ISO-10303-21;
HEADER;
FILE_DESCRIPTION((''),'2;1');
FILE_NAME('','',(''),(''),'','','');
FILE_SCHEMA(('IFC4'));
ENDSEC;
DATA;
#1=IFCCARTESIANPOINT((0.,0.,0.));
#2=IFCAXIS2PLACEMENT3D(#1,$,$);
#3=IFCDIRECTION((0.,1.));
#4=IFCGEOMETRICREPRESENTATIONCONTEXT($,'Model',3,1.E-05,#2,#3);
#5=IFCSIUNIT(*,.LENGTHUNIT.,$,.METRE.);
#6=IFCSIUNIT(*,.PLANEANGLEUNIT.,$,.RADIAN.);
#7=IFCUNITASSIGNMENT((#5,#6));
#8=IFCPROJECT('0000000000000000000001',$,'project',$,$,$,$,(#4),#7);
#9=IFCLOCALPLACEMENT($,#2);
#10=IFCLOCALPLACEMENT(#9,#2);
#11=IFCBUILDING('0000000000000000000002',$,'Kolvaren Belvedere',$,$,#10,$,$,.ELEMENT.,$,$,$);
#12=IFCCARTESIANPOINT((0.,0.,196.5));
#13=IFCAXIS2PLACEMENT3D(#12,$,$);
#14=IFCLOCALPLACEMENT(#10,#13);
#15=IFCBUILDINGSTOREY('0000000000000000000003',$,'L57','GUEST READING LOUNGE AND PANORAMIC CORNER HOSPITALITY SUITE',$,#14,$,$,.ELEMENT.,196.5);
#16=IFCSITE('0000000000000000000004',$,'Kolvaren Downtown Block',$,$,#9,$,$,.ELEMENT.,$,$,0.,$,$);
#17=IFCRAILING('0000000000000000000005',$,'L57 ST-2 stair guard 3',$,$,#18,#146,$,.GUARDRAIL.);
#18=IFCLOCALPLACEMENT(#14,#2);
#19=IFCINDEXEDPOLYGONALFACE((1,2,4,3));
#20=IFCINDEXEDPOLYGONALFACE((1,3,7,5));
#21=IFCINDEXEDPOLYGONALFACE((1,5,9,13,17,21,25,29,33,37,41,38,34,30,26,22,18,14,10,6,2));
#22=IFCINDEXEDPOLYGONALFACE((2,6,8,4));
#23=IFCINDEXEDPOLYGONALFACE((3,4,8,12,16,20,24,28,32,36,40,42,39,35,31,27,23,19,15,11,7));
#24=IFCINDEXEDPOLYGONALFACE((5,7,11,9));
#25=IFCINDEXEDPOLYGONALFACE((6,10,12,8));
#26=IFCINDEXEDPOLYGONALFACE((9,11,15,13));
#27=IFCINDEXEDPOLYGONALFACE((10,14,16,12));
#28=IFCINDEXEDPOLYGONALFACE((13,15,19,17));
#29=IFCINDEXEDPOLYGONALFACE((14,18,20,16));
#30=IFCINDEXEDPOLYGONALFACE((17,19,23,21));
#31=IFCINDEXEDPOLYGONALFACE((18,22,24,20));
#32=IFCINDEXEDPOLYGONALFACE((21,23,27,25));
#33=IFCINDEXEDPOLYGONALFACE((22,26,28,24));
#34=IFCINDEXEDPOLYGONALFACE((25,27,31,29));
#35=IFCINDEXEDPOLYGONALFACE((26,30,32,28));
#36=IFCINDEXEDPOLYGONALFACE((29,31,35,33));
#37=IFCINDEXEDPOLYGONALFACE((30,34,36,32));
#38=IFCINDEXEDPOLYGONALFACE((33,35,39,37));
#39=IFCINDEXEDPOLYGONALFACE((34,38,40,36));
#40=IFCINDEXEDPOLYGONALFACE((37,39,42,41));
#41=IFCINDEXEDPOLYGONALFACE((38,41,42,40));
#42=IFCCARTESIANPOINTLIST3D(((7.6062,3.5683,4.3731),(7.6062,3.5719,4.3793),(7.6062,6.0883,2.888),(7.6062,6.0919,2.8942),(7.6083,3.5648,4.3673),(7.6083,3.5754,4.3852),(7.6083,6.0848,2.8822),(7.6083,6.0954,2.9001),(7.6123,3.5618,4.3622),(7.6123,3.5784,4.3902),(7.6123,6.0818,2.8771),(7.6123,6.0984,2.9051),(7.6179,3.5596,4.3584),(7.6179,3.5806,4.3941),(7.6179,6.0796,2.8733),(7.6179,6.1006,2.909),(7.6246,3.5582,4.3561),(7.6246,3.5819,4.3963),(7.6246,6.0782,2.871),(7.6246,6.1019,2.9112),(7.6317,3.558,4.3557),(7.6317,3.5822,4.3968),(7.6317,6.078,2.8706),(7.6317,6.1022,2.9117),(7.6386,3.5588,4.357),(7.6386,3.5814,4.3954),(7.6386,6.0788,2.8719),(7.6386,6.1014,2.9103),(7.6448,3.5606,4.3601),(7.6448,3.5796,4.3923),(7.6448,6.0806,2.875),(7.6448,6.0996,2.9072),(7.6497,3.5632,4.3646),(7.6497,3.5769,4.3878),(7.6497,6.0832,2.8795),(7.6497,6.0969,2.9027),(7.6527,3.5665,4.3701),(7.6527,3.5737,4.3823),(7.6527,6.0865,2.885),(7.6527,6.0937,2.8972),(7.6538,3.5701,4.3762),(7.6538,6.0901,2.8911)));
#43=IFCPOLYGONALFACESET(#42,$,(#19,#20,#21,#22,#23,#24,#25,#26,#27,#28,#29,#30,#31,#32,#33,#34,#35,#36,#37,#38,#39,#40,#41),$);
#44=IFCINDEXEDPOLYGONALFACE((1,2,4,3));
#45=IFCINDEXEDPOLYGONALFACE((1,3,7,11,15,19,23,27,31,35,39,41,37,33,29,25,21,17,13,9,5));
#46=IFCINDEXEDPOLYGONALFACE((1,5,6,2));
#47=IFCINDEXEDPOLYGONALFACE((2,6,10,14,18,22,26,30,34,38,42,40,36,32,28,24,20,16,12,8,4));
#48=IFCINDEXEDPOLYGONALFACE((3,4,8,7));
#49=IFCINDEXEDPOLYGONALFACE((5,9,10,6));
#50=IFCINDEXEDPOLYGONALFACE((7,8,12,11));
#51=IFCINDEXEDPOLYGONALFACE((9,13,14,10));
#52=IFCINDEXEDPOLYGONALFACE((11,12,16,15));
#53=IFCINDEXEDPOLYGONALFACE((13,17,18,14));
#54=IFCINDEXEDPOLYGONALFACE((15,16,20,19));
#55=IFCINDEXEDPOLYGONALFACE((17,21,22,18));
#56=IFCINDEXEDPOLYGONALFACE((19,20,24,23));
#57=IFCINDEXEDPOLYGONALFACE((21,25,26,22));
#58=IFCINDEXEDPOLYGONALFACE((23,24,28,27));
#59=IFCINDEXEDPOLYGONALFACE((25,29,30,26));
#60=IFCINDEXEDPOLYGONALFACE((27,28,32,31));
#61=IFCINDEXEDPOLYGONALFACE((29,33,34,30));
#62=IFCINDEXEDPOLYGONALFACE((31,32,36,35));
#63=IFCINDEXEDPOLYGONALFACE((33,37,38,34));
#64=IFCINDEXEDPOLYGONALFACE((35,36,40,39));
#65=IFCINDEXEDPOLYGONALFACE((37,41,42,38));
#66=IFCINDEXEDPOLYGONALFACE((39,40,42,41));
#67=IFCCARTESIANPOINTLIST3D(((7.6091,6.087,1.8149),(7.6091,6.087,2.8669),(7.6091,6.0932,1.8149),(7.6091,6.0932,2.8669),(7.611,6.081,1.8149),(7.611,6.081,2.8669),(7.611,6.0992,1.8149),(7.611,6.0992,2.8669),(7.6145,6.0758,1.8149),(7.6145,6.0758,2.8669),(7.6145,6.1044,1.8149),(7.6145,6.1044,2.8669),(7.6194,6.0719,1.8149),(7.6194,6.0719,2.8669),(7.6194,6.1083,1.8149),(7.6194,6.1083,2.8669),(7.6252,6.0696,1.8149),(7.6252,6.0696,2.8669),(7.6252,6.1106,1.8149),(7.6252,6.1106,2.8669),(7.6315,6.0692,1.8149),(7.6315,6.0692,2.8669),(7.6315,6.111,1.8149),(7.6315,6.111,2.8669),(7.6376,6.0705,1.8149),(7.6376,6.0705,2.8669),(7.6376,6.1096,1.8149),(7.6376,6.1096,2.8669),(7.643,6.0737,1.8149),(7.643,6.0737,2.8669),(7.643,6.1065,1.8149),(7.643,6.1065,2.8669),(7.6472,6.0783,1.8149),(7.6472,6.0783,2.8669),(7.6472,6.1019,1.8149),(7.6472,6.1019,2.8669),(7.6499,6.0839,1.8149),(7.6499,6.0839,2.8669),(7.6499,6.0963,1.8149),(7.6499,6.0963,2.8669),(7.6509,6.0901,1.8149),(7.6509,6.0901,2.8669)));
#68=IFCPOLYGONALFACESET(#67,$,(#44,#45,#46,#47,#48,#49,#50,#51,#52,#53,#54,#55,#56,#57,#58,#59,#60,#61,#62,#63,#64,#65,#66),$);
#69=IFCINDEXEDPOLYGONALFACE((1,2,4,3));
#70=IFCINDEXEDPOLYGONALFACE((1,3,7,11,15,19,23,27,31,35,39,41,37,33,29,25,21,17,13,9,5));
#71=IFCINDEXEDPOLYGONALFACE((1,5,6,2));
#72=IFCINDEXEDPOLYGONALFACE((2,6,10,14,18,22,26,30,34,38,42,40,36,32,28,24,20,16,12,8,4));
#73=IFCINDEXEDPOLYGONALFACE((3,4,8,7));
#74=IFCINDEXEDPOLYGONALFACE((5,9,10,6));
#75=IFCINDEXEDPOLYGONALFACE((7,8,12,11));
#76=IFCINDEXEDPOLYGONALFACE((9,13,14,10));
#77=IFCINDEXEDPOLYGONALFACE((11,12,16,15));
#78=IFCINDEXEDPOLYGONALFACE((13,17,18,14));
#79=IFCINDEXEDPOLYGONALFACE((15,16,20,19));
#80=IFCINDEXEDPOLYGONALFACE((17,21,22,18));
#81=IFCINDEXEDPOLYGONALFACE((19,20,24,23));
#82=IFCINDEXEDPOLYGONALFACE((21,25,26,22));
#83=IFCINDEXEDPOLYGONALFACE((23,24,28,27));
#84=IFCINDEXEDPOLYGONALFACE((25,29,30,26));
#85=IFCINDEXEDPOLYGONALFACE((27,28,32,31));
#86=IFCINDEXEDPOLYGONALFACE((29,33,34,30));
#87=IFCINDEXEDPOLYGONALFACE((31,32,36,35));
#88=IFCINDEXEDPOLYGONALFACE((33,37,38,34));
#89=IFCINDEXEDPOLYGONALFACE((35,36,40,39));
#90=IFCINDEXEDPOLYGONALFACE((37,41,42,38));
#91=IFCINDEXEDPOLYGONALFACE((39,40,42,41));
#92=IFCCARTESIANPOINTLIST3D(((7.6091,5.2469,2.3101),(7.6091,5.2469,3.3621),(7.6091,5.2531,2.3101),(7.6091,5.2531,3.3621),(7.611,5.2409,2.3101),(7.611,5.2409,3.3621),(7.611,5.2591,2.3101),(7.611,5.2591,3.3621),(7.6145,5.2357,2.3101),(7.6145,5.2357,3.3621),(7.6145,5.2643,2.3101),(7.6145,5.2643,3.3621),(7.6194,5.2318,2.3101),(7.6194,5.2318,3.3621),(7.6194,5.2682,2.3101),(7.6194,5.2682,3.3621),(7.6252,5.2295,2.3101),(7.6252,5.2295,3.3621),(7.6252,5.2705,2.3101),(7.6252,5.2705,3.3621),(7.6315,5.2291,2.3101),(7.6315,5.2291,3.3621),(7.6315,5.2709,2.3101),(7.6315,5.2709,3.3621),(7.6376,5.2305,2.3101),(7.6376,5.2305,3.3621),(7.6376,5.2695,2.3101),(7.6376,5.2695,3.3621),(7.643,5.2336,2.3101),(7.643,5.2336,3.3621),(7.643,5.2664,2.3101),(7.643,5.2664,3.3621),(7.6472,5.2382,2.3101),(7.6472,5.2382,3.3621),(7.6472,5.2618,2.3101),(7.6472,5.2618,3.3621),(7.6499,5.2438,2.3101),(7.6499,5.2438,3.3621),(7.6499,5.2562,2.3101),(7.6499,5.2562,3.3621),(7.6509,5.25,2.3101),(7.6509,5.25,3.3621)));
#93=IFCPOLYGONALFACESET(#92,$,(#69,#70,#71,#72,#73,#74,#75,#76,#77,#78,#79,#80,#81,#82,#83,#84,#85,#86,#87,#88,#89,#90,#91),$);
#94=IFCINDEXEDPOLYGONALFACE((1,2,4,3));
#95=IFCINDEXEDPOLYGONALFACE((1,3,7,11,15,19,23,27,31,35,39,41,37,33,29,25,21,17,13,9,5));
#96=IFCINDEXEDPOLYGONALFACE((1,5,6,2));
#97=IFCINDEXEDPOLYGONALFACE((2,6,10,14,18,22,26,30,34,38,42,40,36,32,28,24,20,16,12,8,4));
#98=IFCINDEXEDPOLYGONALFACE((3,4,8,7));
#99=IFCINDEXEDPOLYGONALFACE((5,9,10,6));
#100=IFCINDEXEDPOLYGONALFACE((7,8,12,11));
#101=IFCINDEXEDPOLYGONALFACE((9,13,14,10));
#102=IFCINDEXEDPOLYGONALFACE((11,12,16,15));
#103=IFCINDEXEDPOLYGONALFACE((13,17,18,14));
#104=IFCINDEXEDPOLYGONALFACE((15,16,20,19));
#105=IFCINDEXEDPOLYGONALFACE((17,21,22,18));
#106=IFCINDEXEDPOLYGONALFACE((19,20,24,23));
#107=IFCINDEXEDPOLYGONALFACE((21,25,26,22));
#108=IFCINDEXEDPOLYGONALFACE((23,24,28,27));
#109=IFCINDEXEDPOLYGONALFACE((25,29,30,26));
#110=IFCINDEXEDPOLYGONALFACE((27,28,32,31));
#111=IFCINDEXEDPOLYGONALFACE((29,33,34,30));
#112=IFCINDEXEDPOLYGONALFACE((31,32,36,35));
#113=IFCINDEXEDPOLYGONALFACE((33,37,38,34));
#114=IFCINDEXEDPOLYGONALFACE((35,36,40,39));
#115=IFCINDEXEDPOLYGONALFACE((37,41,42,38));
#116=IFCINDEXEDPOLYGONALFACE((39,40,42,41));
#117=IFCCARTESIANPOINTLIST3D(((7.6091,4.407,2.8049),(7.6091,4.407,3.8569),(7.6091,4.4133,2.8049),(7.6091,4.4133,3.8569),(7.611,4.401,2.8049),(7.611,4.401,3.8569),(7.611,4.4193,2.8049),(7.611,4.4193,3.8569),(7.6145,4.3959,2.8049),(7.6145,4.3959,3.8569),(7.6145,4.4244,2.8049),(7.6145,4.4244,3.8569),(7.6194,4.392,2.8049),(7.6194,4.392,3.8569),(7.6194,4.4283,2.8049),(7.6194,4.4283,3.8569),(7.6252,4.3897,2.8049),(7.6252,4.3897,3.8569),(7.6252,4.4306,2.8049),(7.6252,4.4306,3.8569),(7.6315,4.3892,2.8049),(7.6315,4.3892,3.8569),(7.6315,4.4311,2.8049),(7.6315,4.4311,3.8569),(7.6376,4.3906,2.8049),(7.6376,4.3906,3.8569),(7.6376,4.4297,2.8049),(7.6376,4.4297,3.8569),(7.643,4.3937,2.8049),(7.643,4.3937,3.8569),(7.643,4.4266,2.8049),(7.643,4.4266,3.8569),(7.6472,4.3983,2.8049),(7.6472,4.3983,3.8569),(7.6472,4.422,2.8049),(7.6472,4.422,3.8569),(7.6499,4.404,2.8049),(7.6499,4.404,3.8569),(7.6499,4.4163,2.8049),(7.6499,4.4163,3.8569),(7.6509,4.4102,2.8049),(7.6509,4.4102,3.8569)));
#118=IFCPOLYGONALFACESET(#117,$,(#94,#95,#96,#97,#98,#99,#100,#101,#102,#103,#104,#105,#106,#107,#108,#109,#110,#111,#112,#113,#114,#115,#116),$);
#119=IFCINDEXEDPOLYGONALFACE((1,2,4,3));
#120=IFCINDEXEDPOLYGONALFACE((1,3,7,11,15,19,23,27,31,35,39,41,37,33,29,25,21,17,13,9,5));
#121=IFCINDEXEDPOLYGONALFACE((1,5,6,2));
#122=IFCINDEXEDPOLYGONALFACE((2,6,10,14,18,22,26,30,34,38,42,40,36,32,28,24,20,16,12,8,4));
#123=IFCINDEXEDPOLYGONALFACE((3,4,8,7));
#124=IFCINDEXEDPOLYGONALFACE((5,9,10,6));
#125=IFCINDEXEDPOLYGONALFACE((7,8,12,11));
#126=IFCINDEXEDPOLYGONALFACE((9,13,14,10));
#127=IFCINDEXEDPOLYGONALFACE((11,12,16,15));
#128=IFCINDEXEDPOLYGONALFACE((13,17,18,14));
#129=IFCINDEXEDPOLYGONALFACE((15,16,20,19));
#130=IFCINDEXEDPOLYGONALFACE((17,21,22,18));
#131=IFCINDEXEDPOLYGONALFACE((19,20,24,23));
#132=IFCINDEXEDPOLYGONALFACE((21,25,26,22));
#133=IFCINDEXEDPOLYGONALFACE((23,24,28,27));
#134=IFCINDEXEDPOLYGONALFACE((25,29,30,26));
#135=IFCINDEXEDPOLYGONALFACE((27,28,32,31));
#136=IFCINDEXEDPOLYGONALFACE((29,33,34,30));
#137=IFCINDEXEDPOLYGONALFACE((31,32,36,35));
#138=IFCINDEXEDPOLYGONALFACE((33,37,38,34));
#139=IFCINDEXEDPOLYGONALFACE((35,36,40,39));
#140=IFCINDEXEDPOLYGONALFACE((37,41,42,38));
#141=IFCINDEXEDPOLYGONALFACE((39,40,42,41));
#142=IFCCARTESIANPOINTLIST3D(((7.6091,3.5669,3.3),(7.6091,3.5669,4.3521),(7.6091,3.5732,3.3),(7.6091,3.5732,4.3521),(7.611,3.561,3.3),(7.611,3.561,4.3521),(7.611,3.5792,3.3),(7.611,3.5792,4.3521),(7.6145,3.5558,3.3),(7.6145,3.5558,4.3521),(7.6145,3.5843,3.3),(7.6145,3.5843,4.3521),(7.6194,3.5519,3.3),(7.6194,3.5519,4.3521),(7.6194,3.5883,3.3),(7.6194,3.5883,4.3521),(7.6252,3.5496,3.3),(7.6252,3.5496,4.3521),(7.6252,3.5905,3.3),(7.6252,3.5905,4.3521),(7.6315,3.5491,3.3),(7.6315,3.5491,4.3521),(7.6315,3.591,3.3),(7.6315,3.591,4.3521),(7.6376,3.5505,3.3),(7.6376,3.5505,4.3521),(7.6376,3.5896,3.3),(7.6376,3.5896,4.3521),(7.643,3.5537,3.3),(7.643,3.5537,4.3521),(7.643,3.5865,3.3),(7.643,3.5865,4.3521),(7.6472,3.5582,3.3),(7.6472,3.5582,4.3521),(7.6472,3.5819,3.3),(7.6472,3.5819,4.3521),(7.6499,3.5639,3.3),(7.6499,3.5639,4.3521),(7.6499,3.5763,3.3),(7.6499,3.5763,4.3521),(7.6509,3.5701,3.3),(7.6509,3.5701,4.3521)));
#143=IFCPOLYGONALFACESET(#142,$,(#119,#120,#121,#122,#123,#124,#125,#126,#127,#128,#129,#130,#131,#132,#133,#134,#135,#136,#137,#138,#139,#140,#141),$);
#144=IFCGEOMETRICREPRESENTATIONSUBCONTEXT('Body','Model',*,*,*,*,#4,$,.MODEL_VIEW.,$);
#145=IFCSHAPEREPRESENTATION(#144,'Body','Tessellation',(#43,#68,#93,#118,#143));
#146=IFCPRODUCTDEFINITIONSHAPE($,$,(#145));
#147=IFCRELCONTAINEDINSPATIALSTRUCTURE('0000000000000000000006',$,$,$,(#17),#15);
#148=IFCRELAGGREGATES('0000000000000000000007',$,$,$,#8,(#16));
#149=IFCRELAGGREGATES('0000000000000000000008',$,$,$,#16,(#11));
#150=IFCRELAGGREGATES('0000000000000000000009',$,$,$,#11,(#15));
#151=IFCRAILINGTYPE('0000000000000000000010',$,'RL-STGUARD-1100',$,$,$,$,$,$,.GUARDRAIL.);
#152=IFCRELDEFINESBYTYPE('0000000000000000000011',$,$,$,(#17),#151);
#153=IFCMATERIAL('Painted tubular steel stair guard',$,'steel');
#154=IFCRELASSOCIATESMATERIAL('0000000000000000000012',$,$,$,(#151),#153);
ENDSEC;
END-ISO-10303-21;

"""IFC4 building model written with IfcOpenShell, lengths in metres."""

from ifc_helpers import new_model, si_unit, direction, frame, origin, origin_2d, place, context, subcontext, project, spatial, circle, extrude, material, type_object, element, save


model = new_model("IFC4")

# Units and contexts
model_context = context("Model", 3, precision=1e-05, world=origin(), true_north=direction((0.0, 1.0)))
body_context = subcontext(model_context, "Body", "Model", "MODEL_VIEW")
ifc_project = project(units=[si_unit("LENGTHUNIT", "METRE"), si_unit("PLANEANGLEUNIT", "RADIAN")], contexts=[model_context])

# Site, building, storey
site_placement = place(None, origin())
site = spatial("IfcSite", under=ifc_project, at=site_placement, Name="Kolvaren Downtown Block", CompositionType="ELEMENT", RefElevation=0.0)
building_placement = place(site_placement, origin())
building = spatial("IfcBuilding", under=site, at=building_placement, Name="Kolvaren Belvedere", CompositionType="ELEMENT")
storey_placement = place(building_placement, frame((0.0, 0.0, 196.5)))
storey = spatial("IfcBuildingStorey", under=building, at=storey_placement, Name="L57", Description="GUEST READING LOUNGE AND PANORAMIC CORNER HOSPITALITY SUITE", CompositionType="ELEMENT", Elevation=196.5)

# Railing
ifc_material_1 = material(Name="Painted tubular steel stair guard", Category="steel")
railing_type_1 = type_object("IfcRailingType", Name="RL-STGUARD-1100", PredefinedType="GUARDRAIL", material=ifc_material_1)
railing_1_placement = place(storey_placement, frame((7.6299, 6.0901, 1.8149)))
element("IfcRailing", 1, at=railing_1_placement, inside=storey, type_object=railing_type_1, Name="L57 ST-2 stair guard 3", PredefinedType="GUARDRAIL", context=body_context, shape_type="SweptSolid", body=[
    extrude(circle(Radius=0.0239, at=origin_2d()), frame((0.0, 0.0, 1.0762), z_axis=(0.0, -0.861524, 0.507717), x_axis=(1.0, 0.0, 0.0)), (0.0, 0.0, 1.0), 2.925),
    extrude(circle(Radius=0.021, at=origin_2d()), origin(), (0.0, 0.0, 1.0), 1.052),
    extrude(circle(Radius=0.021, at=origin_2d()), frame((0.0, -0.8401, 0.4951)), (0.0, 0.0, 1.0), 1.052),
    extrude(circle(Radius=0.021, at=origin_2d()), frame((0.0, -1.6799, 0.99)), (0.0, 0.0, 1.0), 1.052),
    extrude(circle(Radius=0.021, at=origin_2d()), frame((0.0, -2.52, 1.4851)), (0.0, 0.0, 1.0), 1.052),
])

save(model, "model.ifc")
